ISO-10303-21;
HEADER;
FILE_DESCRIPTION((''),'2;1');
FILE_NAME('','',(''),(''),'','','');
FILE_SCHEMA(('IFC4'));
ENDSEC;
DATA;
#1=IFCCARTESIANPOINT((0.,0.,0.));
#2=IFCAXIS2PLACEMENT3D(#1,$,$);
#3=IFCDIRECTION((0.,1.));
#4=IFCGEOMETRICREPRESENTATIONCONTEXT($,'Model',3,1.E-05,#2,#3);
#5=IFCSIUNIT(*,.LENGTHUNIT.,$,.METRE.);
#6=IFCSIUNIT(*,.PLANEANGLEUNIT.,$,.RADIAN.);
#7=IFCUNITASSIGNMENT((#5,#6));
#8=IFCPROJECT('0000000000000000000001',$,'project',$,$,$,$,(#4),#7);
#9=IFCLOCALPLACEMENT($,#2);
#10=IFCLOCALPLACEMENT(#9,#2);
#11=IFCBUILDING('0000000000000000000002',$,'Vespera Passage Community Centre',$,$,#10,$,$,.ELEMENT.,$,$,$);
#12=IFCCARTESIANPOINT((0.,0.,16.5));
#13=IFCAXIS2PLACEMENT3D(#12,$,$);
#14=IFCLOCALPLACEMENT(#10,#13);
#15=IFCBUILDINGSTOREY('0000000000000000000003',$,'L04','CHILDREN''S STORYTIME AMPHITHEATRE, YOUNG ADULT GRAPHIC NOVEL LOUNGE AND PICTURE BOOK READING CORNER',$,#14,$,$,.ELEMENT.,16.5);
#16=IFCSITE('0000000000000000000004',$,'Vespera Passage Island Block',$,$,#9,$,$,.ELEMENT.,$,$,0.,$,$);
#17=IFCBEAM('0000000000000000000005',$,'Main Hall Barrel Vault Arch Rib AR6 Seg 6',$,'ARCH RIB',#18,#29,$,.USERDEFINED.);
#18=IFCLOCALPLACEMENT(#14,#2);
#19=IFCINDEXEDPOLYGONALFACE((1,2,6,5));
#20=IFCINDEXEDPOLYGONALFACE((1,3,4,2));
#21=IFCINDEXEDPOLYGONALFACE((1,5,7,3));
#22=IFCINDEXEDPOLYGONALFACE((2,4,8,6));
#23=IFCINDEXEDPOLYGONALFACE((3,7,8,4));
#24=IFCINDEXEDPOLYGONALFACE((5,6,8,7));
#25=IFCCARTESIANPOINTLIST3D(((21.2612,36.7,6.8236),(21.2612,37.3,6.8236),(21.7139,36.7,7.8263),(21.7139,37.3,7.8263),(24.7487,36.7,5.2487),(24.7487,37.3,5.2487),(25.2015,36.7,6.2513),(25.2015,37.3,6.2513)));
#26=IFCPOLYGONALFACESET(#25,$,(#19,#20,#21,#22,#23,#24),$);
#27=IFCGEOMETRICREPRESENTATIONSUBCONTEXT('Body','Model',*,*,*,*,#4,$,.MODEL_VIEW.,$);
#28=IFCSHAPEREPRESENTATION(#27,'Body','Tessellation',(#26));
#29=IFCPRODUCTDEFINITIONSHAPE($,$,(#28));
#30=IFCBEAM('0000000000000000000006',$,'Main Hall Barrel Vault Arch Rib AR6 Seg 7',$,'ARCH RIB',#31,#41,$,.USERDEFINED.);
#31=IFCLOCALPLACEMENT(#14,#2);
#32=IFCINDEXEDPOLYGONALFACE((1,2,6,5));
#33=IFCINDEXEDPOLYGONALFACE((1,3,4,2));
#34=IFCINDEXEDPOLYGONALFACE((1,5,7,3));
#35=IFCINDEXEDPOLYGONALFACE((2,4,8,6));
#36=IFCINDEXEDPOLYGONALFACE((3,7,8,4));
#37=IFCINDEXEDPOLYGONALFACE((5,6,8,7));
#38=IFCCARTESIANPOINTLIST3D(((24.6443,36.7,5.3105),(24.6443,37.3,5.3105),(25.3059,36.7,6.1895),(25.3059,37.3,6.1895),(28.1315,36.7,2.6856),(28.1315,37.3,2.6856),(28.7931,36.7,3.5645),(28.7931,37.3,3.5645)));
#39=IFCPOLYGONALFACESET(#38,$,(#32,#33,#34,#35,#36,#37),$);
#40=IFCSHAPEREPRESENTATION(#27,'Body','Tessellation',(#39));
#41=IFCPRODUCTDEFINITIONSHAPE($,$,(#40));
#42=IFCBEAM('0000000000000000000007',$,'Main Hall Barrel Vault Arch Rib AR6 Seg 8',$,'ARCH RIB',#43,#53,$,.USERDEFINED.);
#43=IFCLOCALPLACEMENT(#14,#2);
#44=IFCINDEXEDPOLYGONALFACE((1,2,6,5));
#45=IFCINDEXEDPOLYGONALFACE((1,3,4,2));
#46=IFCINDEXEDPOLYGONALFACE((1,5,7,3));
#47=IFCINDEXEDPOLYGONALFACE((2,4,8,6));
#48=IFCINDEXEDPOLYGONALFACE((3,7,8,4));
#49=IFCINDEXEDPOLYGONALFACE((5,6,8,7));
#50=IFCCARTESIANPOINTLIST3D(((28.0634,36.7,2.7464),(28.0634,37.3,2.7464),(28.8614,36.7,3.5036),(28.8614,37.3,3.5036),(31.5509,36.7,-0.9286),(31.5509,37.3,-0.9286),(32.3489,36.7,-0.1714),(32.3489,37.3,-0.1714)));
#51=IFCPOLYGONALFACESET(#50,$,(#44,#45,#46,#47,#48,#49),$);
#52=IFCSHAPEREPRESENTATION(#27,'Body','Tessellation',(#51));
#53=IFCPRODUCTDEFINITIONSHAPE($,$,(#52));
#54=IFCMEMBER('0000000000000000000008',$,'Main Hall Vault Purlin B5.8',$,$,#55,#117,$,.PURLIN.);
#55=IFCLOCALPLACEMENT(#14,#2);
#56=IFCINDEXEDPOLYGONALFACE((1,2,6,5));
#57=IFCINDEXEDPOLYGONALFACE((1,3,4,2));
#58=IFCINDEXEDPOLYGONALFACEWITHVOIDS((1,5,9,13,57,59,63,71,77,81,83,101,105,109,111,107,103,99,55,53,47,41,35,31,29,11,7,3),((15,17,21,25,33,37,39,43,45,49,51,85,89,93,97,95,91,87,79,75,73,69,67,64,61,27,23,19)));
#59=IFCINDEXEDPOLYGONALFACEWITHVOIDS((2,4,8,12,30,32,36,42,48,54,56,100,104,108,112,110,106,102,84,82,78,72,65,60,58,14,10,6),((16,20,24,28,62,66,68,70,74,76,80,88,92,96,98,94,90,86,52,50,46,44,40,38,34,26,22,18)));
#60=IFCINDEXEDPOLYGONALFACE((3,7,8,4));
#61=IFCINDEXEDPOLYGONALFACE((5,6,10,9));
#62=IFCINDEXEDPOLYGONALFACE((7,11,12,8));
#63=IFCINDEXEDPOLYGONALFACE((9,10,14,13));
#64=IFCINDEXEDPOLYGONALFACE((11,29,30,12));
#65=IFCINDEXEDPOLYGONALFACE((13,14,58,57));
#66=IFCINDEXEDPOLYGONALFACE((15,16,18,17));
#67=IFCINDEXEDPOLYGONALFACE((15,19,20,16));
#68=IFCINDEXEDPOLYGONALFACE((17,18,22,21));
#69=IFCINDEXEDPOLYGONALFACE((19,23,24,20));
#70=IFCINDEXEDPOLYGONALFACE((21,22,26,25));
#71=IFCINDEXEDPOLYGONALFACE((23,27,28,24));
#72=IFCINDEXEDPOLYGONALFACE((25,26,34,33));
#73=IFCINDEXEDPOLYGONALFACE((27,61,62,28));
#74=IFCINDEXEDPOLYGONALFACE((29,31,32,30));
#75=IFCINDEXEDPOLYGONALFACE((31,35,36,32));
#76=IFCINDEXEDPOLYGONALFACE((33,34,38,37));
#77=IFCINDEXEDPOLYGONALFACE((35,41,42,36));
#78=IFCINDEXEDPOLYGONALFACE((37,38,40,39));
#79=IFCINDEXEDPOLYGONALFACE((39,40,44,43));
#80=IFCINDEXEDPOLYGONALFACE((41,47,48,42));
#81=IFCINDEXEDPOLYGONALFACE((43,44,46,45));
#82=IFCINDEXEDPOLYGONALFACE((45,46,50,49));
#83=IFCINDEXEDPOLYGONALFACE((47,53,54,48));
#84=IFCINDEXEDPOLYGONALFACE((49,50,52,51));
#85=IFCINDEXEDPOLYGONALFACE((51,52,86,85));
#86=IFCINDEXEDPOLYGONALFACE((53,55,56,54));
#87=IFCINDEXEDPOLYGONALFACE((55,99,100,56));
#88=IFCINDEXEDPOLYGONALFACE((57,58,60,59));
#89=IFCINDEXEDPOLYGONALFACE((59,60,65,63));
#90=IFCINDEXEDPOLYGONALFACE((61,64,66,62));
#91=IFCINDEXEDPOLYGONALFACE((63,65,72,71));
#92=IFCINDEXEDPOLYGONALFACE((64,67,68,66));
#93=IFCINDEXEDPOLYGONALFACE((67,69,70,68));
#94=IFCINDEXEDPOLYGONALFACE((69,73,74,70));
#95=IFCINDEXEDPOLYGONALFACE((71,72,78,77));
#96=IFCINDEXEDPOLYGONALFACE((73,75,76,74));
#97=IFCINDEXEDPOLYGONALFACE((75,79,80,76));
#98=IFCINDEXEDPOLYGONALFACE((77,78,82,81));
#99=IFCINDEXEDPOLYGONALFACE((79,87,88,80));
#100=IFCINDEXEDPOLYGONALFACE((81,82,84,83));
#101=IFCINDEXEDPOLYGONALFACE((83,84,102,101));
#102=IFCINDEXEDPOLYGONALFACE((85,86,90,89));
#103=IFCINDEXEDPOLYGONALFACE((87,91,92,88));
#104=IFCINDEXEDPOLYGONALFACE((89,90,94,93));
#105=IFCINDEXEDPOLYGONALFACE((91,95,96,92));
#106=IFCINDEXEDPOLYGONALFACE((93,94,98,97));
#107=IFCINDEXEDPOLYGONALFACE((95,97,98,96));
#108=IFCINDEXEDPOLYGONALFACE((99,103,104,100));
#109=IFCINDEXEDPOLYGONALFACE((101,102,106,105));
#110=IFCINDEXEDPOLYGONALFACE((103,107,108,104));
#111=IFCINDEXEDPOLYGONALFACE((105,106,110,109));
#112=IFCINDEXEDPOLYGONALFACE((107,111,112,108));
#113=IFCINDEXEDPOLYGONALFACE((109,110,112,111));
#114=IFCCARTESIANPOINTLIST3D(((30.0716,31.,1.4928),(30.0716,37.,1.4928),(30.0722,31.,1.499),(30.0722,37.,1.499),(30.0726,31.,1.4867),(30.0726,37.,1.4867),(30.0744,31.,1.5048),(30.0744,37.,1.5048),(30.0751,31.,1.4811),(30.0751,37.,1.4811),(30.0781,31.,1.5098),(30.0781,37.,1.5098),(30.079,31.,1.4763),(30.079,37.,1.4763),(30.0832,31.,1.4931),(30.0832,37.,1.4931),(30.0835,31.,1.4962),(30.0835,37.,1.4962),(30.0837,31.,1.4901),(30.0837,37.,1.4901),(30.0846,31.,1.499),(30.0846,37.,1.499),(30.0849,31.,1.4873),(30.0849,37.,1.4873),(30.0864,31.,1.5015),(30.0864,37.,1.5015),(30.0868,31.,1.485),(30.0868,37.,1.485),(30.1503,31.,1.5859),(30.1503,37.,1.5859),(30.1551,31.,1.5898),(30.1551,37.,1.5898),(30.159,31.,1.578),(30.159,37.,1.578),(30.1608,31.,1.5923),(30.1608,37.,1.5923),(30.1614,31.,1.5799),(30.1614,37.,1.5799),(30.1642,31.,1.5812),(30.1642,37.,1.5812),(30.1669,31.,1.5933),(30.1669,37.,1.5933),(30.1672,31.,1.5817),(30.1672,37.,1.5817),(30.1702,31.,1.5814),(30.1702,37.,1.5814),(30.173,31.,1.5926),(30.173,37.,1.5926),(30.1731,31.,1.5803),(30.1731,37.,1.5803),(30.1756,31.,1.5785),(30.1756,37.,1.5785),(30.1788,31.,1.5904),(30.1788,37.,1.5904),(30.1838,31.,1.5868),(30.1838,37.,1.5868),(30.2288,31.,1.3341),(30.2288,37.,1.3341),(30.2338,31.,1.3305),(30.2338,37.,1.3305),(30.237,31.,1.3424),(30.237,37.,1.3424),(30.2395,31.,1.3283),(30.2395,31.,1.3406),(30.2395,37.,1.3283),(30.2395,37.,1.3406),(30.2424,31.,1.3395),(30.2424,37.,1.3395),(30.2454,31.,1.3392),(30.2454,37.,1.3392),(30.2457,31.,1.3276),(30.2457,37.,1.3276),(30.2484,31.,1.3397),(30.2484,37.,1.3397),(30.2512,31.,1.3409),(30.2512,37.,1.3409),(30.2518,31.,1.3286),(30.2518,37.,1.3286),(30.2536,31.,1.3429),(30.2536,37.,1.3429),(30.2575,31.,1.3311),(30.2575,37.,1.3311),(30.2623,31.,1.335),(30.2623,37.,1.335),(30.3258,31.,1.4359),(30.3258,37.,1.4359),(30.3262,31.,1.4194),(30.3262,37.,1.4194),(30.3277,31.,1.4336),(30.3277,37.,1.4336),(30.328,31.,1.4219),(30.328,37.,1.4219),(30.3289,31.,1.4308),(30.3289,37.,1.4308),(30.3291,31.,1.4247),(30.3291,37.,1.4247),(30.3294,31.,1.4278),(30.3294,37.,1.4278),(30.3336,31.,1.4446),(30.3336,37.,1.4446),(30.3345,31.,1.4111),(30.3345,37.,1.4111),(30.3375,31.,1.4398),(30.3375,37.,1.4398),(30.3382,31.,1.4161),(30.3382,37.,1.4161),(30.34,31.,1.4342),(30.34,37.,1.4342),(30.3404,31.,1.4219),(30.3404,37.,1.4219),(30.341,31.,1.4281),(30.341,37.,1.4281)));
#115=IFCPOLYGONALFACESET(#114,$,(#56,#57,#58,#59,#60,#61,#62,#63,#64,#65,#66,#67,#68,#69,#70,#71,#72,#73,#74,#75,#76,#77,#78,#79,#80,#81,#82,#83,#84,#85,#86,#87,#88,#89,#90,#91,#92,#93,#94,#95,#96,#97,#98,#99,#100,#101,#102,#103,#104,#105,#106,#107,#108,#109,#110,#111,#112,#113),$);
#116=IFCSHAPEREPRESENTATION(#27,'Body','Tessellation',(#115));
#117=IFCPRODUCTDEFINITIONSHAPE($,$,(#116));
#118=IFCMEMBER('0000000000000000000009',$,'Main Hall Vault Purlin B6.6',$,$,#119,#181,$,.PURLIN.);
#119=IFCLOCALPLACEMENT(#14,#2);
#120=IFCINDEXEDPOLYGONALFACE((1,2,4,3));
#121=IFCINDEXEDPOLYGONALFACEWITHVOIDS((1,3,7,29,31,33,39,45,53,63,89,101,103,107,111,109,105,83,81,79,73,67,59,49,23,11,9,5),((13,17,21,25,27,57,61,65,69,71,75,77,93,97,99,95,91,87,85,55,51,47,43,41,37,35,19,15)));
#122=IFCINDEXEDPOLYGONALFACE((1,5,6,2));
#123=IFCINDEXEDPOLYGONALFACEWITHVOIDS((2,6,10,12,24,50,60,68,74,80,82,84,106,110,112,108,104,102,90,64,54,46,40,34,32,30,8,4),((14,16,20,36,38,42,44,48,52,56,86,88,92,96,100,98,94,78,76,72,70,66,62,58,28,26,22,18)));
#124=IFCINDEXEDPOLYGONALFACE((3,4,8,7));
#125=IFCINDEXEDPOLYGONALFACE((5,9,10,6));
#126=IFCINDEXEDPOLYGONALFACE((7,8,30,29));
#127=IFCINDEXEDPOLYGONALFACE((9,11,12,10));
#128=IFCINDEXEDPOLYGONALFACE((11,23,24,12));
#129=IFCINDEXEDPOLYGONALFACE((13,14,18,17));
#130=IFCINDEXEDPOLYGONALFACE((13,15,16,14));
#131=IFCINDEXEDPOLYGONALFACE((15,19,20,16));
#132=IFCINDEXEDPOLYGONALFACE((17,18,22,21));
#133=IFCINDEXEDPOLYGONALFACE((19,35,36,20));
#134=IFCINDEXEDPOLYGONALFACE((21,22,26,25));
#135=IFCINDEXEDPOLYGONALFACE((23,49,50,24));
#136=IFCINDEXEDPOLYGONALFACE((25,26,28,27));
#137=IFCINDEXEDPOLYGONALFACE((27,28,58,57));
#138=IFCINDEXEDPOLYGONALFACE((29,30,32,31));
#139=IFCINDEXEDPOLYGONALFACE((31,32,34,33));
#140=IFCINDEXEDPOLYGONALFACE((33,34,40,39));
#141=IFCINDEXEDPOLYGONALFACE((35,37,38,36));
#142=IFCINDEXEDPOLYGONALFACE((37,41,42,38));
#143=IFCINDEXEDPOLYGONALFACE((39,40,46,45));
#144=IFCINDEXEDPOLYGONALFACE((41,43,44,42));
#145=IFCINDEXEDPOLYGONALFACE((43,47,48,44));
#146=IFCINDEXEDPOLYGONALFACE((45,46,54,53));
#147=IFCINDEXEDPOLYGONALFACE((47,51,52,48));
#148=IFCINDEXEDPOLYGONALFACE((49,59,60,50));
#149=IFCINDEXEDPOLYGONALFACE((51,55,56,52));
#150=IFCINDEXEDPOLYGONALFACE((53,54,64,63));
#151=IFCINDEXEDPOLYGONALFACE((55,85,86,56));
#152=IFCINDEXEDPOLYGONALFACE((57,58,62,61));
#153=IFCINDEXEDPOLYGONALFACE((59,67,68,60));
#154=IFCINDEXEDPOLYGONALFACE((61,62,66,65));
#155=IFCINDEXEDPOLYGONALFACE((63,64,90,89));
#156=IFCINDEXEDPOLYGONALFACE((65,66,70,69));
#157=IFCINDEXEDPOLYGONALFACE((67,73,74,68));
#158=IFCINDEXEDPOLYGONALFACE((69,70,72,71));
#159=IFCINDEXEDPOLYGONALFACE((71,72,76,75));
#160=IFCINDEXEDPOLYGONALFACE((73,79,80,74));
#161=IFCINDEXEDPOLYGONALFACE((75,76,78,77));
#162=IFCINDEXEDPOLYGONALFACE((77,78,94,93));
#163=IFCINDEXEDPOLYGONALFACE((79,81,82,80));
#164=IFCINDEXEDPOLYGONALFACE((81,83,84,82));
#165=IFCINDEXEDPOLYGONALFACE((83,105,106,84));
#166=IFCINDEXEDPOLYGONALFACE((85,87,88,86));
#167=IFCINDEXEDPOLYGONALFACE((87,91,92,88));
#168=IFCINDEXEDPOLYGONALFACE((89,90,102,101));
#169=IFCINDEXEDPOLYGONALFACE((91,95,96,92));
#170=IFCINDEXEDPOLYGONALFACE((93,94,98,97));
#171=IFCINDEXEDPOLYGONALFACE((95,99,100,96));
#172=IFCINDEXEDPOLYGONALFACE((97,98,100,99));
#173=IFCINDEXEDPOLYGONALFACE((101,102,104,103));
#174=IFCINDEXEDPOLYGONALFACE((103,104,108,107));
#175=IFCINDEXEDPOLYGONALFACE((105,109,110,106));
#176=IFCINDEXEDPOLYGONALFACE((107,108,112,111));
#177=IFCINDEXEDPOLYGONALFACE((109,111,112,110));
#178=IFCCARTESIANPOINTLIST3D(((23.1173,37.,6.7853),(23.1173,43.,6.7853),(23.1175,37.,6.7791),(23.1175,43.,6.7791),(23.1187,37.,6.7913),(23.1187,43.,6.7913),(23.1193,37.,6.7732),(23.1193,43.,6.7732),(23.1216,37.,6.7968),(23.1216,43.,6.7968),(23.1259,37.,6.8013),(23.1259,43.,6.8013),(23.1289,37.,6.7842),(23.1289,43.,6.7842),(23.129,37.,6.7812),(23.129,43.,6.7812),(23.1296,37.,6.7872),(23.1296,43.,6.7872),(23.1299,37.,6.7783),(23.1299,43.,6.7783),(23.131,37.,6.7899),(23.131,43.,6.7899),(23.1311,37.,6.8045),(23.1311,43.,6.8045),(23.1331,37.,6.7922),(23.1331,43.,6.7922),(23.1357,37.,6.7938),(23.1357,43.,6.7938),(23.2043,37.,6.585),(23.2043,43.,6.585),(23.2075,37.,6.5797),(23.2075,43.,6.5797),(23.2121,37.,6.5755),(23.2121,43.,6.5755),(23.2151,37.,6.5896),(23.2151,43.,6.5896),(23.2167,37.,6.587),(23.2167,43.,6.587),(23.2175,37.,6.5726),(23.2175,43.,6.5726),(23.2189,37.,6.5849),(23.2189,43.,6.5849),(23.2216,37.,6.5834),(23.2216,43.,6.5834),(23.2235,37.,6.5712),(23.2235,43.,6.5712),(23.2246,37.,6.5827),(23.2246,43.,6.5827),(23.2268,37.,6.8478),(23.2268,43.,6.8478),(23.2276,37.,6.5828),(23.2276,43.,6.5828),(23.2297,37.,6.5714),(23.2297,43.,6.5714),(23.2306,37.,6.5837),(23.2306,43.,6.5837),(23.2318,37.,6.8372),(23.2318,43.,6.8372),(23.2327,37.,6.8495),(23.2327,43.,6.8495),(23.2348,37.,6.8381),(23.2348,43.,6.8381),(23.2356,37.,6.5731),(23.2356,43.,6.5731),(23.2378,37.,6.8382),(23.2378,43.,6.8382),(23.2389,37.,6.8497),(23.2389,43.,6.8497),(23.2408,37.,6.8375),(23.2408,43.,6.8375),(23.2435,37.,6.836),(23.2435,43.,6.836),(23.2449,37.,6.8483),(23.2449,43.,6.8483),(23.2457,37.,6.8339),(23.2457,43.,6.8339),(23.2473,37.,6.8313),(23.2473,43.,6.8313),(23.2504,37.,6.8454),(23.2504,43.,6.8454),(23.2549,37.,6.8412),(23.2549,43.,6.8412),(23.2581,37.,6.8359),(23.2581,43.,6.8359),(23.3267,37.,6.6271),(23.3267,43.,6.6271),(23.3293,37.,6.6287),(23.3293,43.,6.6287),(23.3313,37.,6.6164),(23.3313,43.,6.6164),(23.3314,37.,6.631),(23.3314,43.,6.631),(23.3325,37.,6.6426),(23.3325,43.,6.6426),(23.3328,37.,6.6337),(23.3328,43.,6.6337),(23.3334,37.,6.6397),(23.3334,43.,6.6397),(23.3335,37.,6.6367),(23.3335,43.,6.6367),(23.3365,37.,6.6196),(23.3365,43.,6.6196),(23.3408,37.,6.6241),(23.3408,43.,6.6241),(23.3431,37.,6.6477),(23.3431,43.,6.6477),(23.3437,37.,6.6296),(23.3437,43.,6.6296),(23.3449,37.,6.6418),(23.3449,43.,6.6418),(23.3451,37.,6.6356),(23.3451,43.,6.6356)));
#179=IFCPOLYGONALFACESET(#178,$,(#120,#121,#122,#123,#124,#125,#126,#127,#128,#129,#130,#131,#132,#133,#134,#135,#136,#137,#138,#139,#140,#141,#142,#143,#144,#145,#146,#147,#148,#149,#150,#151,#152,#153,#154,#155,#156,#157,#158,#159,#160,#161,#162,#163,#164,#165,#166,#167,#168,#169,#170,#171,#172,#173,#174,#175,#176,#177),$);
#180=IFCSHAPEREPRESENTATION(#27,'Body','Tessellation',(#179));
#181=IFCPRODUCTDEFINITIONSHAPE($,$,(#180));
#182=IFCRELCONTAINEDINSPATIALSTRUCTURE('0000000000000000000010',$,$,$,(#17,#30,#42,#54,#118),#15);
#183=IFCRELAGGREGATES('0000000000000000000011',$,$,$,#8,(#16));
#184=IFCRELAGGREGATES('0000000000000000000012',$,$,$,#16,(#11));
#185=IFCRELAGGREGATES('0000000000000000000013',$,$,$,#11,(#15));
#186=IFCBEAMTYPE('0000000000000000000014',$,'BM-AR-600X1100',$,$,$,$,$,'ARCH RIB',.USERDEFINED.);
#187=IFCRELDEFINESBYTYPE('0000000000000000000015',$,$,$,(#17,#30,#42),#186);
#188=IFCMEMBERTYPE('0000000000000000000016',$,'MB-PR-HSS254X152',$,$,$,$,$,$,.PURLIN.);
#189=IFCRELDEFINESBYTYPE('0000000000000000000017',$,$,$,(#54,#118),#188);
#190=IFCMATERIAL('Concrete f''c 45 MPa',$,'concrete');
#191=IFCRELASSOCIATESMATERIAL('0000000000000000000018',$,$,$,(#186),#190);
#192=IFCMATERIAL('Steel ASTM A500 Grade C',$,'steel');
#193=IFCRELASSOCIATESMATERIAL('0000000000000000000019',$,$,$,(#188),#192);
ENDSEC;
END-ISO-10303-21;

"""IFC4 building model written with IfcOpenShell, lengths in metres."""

from ifc_helpers import new_model, si_unit, direction, frame, origin, origin_2d, place, context, subcontext, project, spatial, rectangle, hollow_rectangle, extrude, material, material_profile, profile_set, type_object, element, save


model = new_model("IFC4")

# Units and contexts
model_context = context("Model", 3, precision=1e-05, world=origin(), true_north=direction((0.0, 1.0)))
body_context = subcontext(model_context, "Body", "Model", "MODEL_VIEW")
ifc_project = project(units=[si_unit("LENGTHUNIT", "METRE"), si_unit("PLANEANGLEUNIT", "RADIAN")], contexts=[model_context])

# Site, building, storey
site_placement = place(None, origin())
site = spatial("IfcSite", under=ifc_project, at=site_placement, Name="Vespera Passage Island Block", CompositionType="ELEMENT", RefElevation=0.0)
building_placement = place(site_placement, origin())
building = spatial("IfcBuilding", under=site, at=building_placement, Name="Vespera Passage Community Centre", CompositionType="ELEMENT")
storey_placement = place(building_placement, frame((0.0, 0.0, 16.5)))
storey = spatial("IfcBuildingStorey", under=building, at=storey_placement, Name="L04", Description="CHILDREN'S STORYTIME AMPHITHEATRE, YOUNG ADULT GRAPHIC NOVEL LOUNGE AND PICTURE BOOK READING CORNER", CompositionType="ELEMENT", Elevation=16.5)

# Beams
ifc_material_1 = material(Name="Concrete f'c 45 MPa", Category="concrete")
ifc_material_profile_1 = material_profile(ifc_material_1, rectangle(XDim=0.6001, YDim=1.1001, at=origin_2d()), Name="RC600X1100")
ifc_profile_set_1 = profile_set([ifc_material_profile_1], Name="Concrete f'c 45 MPa")
beam_type = type_object("IfcBeamType", Name="BM-AR-600X1100", ElementType="ARCH RIB", PredefinedType="USERDEFINED", material=ifc_profile_set_1)
beam_1_placement = place(storey_placement, frame((21.4875, 37.0, 7.325), z_axis=(0.911378, 0.0, -0.411571), x_axis=(0.0, 1.0, 0.0)))
element("IfcBeam", 1, at=beam_1_placement, inside=storey, type_object=beam_type, Name="Main Hall Barrel Vault Arch Rib AR6 Seg 6", ObjectType="ARCH RIB", PredefinedType="USERDEFINED", context=body_context, shape_type="SweptSolid", body=[
    extrude(rectangle(XDim=0.6001, YDim=1.1001, at=origin_2d()), origin(), (0.0, 0.0, 1.0), 3.8267),
])
beam_2_placement = place(storey_placement, frame((24.9751, 37.0, 5.75), z_axis=(0.798952, 0.0, -0.601395), x_axis=(0.0, 1.0, 0.0)))
element("IfcBeam", 2, at=beam_2_placement, inside=storey, type_object=beam_type, Name="Main Hall Barrel Vault Arch Rib AR6 Seg 7", ObjectType="ARCH RIB", PredefinedType="USERDEFINED", context=body_context, shape_type="SweptSolid", body=[
    extrude(rectangle(XDim=0.6001, YDim=1.1001, at=origin_2d()), origin(), (0.0, 0.0, 1.0), 4.3647),
])
beam_3_placement = place(storey_placement, frame((28.4624, 37.0, 3.125), z_axis=(0.688361, 0.0, -0.725369), x_axis=(0.0, 1.0, 0.0)))
element("IfcBeam", 3, at=beam_3_placement, inside=storey, type_object=beam_type, Name="Main Hall Barrel Vault Arch Rib AR6 Seg 8", ObjectType="ARCH RIB", PredefinedType="USERDEFINED", context=body_context, shape_type="SweptSolid", body=[
    extrude(rectangle(XDim=0.6001, YDim=1.1001, at=origin_2d()), origin(), (0.0, 0.0, 1.0), 5.0664),
])

# Members
ifc_material_2 = material(Name="Steel ASTM A500 Grade C", Category="steel")
ifc_material_profile_2 = material_profile(ifc_material_2, hollow_rectangle(XDim=0.1523, YDim=0.2539, WallThickness=0.0117, InnerFilletRadius=0.0117, OuterFilletRadius=0.0237, at=origin_2d()), Name="HSS254X152X12.7")
ifc_profile_set_2 = profile_set([ifc_material_profile_2], Name="Steel ASTM A500 Grade C")
member_type_1 = type_object("IfcMemberType", Name="MB-PR-HSS254X152", PredefinedType="PURLIN", material=ifc_profile_set_2)
for number, where, z_axis, x_axis, name in (
    (4, (30.2063, 31.0, 1.4604), (0.0, 1.0, 0.0), (-0.688355, 0.0, -0.725374), "Main Hall Vault Purlin B5.8"),
    (5, (23.2312, 37.0, 6.7104), (0.0, 1.0, 0.0), (-0.911367, 0.0, -0.411594), "Main Hall Vault Purlin B6.6"),
):
    element("IfcMember", number, at=place(storey_placement, frame(where, z_axis=z_axis, x_axis=x_axis)), inside=storey, type_object=member_type_1, Name=name, PredefinedType="PURLIN", context=body_context, shape_type="SweptSolid", body=[
        extrude(hollow_rectangle(XDim=0.1523, YDim=0.2539, WallThickness=0.0117, InnerFilletRadius=0.0117, OuterFilletRadius=0.0237, at=origin_2d()), origin(), (0.0, 0.0, 1.0), 6.0),
    ])

save(model, "model.ifc")
